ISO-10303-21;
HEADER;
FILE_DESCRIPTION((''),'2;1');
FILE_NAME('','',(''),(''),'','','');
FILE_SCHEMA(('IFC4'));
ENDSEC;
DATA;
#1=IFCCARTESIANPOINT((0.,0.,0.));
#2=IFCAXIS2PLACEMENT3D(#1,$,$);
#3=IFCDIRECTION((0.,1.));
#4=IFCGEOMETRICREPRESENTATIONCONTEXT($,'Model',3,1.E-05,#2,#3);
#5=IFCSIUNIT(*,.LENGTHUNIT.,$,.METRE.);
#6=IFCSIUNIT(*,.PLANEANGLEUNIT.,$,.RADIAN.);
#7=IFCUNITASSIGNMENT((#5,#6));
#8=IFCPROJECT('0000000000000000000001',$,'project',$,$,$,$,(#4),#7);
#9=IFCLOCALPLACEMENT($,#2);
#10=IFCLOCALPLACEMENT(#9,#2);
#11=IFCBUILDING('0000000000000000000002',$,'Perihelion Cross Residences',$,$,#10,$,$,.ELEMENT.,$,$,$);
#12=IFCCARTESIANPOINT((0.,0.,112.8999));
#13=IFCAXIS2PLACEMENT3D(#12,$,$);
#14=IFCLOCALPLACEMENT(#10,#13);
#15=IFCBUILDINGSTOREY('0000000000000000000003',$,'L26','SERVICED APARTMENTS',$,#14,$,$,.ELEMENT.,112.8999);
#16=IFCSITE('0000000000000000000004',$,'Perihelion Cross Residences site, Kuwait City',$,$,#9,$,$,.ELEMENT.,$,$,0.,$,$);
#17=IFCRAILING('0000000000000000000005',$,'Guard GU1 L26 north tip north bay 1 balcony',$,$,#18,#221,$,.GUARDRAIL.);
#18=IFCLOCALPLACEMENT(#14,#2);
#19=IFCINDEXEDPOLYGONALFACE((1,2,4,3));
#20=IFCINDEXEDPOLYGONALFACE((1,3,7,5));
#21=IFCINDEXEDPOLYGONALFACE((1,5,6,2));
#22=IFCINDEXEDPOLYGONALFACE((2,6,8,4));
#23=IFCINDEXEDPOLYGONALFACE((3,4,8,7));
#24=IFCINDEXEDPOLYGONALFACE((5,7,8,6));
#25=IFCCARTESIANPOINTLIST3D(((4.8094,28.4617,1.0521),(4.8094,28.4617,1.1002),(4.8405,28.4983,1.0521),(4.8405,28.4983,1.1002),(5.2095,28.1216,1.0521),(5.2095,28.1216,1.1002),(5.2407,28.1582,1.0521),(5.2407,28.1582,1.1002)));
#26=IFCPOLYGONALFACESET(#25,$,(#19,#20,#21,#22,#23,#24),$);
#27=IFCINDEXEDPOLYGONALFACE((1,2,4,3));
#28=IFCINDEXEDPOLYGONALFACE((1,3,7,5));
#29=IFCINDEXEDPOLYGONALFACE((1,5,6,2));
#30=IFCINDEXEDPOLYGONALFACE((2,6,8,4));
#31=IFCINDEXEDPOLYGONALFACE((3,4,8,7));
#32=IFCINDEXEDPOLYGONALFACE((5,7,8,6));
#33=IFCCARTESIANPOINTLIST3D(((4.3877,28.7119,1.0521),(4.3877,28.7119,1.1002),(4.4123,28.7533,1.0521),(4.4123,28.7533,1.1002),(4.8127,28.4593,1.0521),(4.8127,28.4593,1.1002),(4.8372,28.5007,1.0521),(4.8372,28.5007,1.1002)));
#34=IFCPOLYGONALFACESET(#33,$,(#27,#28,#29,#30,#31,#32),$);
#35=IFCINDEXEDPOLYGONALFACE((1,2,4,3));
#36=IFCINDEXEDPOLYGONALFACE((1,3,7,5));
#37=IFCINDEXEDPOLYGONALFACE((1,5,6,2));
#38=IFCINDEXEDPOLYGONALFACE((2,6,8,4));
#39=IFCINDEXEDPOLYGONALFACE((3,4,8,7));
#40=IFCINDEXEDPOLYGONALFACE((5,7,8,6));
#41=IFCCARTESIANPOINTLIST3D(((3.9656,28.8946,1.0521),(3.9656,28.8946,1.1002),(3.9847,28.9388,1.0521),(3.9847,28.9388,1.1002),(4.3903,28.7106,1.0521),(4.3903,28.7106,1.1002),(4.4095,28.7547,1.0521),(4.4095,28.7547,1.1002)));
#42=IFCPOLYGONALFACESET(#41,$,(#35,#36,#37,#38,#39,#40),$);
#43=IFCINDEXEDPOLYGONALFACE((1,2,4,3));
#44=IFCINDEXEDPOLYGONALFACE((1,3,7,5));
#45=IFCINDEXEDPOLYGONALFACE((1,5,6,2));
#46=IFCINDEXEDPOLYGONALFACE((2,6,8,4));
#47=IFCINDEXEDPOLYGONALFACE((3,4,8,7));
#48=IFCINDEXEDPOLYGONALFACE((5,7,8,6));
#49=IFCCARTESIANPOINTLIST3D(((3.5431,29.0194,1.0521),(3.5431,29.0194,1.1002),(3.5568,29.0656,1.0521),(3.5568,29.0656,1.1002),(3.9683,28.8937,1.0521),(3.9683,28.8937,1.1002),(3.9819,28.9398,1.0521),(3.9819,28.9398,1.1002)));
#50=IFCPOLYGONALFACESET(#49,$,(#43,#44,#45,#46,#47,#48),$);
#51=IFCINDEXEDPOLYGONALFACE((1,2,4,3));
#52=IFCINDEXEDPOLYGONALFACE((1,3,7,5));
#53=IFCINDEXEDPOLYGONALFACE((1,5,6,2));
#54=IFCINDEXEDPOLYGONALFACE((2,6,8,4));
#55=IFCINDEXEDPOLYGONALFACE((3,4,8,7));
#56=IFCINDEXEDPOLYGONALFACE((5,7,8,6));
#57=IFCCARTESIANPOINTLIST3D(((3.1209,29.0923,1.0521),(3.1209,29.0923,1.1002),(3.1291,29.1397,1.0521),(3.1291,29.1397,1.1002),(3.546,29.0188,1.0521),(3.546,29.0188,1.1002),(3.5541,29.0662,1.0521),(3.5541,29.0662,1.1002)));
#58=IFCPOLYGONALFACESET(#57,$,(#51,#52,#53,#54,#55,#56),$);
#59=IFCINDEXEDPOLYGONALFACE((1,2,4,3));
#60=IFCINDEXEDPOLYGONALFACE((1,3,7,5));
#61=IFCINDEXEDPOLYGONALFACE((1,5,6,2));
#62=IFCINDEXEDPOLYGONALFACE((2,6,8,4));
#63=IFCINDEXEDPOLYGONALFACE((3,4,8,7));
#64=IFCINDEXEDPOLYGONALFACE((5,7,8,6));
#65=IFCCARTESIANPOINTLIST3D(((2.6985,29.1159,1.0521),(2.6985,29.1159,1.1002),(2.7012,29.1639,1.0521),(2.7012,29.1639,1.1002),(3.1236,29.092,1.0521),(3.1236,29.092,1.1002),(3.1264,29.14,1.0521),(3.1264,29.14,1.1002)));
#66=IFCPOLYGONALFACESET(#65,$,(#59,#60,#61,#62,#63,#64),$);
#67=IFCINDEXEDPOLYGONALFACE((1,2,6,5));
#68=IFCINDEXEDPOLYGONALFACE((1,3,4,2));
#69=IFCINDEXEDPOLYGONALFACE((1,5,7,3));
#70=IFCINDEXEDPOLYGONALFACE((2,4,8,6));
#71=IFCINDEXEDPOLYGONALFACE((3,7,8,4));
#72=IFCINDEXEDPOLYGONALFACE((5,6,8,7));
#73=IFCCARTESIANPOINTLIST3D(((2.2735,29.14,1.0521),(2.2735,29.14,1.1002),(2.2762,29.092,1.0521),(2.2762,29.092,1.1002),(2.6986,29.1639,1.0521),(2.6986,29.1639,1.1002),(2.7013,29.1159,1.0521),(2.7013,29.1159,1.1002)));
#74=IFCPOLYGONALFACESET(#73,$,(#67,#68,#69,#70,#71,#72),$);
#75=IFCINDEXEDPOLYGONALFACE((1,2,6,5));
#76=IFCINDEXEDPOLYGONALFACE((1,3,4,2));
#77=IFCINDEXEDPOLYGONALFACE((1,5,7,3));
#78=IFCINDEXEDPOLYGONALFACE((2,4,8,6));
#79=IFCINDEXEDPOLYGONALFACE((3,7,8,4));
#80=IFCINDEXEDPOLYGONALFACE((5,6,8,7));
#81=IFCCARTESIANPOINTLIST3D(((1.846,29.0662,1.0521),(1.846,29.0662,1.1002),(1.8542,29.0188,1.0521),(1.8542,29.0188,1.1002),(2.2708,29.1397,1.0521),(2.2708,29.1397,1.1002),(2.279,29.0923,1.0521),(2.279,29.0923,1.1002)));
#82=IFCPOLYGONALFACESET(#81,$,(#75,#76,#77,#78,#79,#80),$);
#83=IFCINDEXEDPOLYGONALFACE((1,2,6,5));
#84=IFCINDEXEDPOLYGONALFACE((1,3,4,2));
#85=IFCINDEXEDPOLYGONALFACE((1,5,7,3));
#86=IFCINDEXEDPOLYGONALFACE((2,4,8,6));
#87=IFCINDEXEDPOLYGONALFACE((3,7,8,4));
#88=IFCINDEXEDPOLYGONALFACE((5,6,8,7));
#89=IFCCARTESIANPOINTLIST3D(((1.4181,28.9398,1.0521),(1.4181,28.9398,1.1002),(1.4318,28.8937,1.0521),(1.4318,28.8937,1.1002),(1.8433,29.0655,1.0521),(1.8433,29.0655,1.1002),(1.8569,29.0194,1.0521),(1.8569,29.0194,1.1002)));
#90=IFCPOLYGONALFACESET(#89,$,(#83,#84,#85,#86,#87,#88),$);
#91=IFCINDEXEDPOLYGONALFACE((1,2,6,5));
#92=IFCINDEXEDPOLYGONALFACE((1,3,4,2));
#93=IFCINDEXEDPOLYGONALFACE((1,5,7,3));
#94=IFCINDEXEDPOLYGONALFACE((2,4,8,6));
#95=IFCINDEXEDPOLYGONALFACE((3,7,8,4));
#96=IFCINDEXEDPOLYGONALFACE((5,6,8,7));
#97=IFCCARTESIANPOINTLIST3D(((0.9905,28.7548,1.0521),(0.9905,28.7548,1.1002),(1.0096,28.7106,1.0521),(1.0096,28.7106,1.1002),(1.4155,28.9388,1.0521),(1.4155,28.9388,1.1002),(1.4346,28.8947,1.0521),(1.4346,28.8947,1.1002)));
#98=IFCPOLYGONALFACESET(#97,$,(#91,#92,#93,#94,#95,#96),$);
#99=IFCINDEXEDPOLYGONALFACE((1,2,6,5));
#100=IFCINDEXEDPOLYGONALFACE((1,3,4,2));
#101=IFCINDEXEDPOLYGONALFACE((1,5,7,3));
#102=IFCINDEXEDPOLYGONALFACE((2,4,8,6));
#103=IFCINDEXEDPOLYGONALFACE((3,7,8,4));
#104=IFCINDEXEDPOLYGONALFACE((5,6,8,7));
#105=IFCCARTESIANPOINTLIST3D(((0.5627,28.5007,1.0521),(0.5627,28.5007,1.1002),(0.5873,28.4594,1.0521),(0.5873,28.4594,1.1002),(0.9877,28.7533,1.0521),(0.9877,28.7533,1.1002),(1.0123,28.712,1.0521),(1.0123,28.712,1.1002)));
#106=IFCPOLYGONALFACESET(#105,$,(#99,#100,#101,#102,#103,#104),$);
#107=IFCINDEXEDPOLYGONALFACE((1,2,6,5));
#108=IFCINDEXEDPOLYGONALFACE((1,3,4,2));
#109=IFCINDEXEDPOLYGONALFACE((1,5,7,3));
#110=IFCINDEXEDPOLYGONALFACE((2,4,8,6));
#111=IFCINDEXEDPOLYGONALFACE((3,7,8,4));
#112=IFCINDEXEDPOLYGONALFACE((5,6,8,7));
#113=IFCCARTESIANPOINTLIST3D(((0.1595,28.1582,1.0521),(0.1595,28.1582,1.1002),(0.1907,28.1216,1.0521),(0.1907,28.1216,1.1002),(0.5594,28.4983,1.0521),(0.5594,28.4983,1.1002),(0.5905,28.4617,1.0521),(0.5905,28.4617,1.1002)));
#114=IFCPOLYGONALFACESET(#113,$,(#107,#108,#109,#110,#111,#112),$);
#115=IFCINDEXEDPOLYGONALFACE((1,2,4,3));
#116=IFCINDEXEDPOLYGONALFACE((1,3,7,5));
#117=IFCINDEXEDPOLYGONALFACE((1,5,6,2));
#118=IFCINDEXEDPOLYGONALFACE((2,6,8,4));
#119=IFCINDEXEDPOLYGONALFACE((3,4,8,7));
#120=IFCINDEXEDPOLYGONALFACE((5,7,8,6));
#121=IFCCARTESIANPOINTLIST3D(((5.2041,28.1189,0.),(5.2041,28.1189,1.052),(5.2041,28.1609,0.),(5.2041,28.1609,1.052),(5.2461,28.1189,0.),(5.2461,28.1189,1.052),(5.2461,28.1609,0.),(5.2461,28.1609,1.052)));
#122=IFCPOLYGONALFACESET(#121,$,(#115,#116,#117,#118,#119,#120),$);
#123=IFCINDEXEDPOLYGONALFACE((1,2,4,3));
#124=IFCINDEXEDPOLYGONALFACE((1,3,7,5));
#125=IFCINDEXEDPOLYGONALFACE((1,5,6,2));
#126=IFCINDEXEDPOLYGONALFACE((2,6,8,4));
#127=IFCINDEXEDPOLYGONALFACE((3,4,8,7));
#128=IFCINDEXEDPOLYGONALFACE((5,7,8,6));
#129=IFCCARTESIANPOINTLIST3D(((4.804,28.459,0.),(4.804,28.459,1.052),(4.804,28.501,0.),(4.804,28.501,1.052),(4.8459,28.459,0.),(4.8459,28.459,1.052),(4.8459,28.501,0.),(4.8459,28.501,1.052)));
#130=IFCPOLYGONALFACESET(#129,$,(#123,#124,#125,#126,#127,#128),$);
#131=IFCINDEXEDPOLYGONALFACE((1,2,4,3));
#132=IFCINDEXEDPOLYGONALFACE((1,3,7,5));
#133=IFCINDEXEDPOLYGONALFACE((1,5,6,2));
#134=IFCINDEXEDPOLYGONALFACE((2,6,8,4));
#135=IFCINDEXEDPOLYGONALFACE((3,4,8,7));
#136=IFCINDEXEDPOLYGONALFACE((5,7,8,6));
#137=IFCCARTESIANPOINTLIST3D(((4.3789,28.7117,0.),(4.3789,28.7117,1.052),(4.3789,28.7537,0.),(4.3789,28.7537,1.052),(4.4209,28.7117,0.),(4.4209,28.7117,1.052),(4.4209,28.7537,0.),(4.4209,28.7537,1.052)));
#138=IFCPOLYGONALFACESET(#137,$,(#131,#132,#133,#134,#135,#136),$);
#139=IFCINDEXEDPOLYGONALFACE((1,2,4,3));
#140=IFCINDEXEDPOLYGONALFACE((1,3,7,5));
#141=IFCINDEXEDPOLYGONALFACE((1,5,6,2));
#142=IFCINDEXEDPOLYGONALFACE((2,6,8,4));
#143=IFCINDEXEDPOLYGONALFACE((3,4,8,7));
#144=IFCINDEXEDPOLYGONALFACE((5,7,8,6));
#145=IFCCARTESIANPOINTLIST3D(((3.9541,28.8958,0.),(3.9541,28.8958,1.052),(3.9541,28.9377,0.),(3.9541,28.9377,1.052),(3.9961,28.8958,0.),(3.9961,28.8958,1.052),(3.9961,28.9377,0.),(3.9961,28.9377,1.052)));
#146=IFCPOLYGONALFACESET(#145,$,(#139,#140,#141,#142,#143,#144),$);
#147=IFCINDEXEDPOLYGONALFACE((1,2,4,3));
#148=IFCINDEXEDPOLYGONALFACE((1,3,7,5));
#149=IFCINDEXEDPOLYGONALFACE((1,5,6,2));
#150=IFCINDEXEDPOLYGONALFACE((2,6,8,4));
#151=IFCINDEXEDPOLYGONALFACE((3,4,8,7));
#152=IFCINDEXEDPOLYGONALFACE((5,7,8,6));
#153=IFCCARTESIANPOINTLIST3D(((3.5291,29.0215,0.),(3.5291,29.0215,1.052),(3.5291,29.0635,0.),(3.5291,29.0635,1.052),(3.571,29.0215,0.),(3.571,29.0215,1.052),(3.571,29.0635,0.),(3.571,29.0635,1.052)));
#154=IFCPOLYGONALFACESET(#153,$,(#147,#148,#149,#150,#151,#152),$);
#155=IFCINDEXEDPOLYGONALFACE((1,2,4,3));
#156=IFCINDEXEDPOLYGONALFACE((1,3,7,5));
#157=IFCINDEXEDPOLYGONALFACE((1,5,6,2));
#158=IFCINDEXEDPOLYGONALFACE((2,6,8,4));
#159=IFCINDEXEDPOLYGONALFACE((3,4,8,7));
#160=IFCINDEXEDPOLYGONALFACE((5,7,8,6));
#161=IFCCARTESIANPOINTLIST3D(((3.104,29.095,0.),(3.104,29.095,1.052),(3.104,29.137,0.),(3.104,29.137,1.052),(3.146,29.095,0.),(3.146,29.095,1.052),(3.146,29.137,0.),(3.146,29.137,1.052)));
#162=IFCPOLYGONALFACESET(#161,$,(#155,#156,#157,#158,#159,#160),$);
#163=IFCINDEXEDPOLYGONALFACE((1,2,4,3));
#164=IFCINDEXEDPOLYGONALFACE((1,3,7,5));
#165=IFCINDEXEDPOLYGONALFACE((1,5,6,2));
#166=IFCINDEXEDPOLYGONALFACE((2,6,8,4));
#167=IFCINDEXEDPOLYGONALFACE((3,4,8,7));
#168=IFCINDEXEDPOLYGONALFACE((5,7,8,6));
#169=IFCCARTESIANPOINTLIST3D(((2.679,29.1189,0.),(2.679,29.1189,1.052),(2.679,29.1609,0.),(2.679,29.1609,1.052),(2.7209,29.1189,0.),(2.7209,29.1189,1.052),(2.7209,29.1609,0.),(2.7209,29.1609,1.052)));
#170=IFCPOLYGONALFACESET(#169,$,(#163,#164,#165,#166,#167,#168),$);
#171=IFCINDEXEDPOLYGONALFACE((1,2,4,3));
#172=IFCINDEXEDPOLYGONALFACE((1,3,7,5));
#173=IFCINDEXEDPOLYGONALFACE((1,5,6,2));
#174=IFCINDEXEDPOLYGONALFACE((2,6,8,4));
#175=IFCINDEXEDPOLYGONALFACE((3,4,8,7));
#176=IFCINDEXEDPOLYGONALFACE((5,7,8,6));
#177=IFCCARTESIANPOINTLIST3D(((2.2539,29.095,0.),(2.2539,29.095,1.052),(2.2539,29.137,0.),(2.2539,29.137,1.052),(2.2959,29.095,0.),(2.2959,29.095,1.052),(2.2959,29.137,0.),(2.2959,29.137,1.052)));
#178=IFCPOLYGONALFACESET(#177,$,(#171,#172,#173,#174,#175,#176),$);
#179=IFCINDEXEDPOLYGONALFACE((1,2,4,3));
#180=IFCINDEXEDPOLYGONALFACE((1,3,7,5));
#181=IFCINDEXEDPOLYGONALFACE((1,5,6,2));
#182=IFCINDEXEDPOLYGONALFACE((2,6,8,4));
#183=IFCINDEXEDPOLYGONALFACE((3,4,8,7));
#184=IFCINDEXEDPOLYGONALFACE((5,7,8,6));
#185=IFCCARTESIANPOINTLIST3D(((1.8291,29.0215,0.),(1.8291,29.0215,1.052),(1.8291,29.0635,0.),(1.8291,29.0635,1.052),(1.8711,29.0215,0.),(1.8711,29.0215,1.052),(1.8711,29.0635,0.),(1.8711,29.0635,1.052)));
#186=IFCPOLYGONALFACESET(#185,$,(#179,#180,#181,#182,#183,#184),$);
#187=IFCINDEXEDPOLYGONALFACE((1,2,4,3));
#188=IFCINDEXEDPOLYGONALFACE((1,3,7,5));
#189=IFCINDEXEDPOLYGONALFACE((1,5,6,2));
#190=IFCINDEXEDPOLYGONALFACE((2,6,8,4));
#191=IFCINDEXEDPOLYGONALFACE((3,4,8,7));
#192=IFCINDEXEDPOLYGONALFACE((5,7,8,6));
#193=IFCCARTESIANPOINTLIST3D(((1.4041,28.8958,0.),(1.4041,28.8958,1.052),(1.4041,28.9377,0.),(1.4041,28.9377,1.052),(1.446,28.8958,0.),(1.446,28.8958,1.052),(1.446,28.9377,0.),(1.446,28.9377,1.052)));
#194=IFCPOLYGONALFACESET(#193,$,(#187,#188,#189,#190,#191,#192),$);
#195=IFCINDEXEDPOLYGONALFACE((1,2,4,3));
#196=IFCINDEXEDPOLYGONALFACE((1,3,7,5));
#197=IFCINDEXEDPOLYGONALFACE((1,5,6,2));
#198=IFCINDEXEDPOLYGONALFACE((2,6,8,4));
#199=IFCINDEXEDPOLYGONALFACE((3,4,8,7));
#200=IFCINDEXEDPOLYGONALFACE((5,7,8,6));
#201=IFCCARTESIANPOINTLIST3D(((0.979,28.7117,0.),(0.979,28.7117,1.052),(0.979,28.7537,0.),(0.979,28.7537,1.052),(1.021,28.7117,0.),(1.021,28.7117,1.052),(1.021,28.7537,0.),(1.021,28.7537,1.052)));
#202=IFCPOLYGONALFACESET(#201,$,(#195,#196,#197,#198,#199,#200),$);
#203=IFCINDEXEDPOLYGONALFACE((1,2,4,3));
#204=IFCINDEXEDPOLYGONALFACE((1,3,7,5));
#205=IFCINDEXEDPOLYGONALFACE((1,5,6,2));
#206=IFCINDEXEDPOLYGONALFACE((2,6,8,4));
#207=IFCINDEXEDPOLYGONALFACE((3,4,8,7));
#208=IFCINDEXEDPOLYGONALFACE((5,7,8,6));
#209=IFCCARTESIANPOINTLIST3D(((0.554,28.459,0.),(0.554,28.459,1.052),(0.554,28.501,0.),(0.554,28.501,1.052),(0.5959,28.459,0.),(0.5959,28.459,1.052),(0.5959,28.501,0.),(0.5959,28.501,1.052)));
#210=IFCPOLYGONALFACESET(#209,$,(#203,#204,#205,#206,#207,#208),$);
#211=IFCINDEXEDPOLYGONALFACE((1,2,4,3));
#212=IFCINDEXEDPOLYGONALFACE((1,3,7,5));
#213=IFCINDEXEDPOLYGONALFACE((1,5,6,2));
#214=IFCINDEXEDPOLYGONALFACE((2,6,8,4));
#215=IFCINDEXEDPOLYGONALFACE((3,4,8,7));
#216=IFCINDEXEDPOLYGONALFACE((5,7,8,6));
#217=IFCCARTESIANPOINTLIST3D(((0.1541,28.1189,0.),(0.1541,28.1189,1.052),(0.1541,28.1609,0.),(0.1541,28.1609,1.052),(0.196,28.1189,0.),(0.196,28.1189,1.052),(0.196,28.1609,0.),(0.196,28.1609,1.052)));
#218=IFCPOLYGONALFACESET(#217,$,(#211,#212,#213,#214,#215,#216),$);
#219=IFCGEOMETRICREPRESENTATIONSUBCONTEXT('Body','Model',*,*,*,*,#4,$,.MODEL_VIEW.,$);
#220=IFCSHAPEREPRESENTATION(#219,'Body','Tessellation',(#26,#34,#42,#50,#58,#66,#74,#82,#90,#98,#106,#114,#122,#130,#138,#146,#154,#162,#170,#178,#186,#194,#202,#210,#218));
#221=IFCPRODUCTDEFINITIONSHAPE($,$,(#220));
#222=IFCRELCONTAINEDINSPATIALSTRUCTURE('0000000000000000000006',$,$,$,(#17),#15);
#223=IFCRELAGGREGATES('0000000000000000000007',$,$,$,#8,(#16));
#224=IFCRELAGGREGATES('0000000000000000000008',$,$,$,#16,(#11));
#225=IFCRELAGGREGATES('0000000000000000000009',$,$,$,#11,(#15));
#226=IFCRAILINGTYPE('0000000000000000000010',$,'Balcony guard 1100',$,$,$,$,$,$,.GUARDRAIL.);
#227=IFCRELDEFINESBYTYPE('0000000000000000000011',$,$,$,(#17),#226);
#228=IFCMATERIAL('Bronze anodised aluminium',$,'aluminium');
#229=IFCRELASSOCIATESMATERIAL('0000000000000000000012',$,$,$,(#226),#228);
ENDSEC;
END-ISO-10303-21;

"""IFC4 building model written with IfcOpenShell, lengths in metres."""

from ifc_helpers import new_model, si_unit, direction, frame, origin, origin_2d, place, context, subcontext, project, spatial, rectangle, extrude, material, type_object, element, save


model = new_model("IFC4")

# Units and contexts
model_context = context("Model", 3, precision=1e-05, world=origin(), true_north=direction((0.0, 1.0)))
body_context = subcontext(model_context, "Body", "Model", "MODEL_VIEW")
ifc_project = project(units=[si_unit("LENGTHUNIT", "METRE"), si_unit("PLANEANGLEUNIT", "RADIAN")], contexts=[model_context])

# Site, building, storey
site_placement = place(None, origin())
site = spatial("IfcSite", under=ifc_project, at=site_placement, Name="Perihelion Cross Residences site, Kuwait City", CompositionType="ELEMENT", RefElevation=0.0)
building_placement = place(site_placement, origin())
building = spatial("IfcBuilding", under=site, at=building_placement, Name="Perihelion Cross Residences", CompositionType="ELEMENT")
storey_placement = place(building_placement, frame((0.0, 0.0, 112.8999)))
storey = spatial("IfcBuildingStorey", under=building, at=storey_placement, Name="L26", Description="SERVICED APARTMENTS", CompositionType="ELEMENT", Elevation=112.8999)

# Railing
ifc_material_1 = material(Name="Bronze anodised aluminium", Category="aluminium")
railing_type = type_object("IfcRailingType", Name="Balcony guard 1100", PredefinedType="GUARDRAIL", material=ifc_material_1)
railing_placement = place(storey_placement, frame((5.2251, 28.1399, 0.0)))
element("IfcRailing", 1, at=railing_placement, inside=storey, type_object=railing_type, Name="Guard GU1 L26 north tip north bay 1 balcony", PredefinedType="GUARDRAIL", context=body_context, shape_type="SweptSolid", body=[
    extrude(rectangle(XDim=0.0481, YDim=0.0481, at=origin_2d()), frame((0.0, 0.0, 1.0762), z_axis=(-0.761974, 0.647608, 0.0), x_axis=(-0.647608, -0.761974, 0.0)), (0.0, 0.0, 1.0), 0.5251),
    extrude(rectangle(XDim=0.0481, YDim=0.0481, at=origin_2d()), frame((-0.4001, 0.3401, 1.0762), z_axis=(-0.859577, 0.511006, 0.0), x_axis=(-0.511006, -0.859577, 0.0)), (0.0, 0.0, 1.0), 0.4944),
    extrude(rectangle(XDim=0.0481, YDim=0.0481, at=origin_2d()), frame((-0.8252, 0.5928, 1.0762), z_axis=(-0.917556, 0.397607, 0.0), x_axis=(-0.397607, -0.917556, 0.0)), (0.0, 0.0, 1.0), 0.4629),
    extrude(rectangle(XDim=0.0481, YDim=0.0481, at=origin_2d()), frame((-1.25, 0.7769, 1.0762), z_axis=(-0.958926, 0.283657, 0.0), x_axis=(-0.283657, -0.958926, 0.0)), (0.0, 0.0, 1.0), 0.4434),
    extrude(rectangle(XDim=0.0481, YDim=0.0481, at=origin_2d()), frame((-1.675, 0.9026, 1.0762), z_axis=(-0.985382, 0.170362, 0.0), x_axis=(-0.170362, -0.985382, 0.0)), (0.0, 0.0, 1.0), 0.4314),
    extrude(rectangle(XDim=0.0481, YDim=0.0481, at=origin_2d()), frame((-2.1001, 0.9761, 1.0762), z_axis=(-0.99842, 0.056201, 0.0), x_axis=(-0.056201, -0.99842, 0.0)), (0.0, 0.0, 1.0), 0.4258),
    extrude(rectangle(XDim=0.0481, YDim=0.0481, at=origin_2d()), frame((-2.5251, 1.0, 1.0762), z_axis=(-0.99842, -0.056201, 0.0), x_axis=(0.056201, -0.99842, 0.0)), (0.0, 0.0, 1.0), 0.4258),
    extrude(rectangle(XDim=0.0481, YDim=0.0481, at=origin_2d()), frame((-2.9502, 0.9761, 1.0762), z_axis=(-0.985365, -0.170457, 0.0), x_axis=(0.170457, -0.985365, 0.0)), (0.0, 0.0, 1.0), 0.4312),
    extrude(rectangle(XDim=0.0481, YDim=0.0481, at=origin_2d()), frame((-3.375, 0.9026, 1.0762), z_axis=(-0.958926, -0.283657, 0.0), x_axis=(0.283657, -0.958926, 0.0)), (0.0, 0.0, 1.0), 0.4434),
    extrude(rectangle(XDim=0.0481, YDim=0.0481, at=origin_2d()), frame((-3.8, 0.7769, 1.0762), z_axis=(-0.917639, -0.397415, 0.0), x_axis=(0.397415, -0.917639, 0.0)), (0.0, 0.0, 1.0), 0.4631),
    extrude(rectangle(XDim=0.0481, YDim=0.0481, at=origin_2d()), frame((-4.2251, 0.5928, 1.0762), z_axis=(-0.859577, -0.511006, 0.0), x_axis=(0.511006, -0.859577, 0.0)), (0.0, 0.0, 1.0), 0.4944),
    extrude(rectangle(XDim=0.0481, YDim=0.0481, at=origin_2d()), frame((-4.6501, 0.3401, 1.0762), z_axis=(-0.761779, -0.647837, 0.0), x_axis=(0.647837, -0.761779, 0.0)), (0.0, 0.0, 1.0), 0.5249),
    extrude(rectangle(XDim=0.042, YDim=0.042, at=origin_2d()), origin(), (0.0, 0.0, 1.0), 1.052),
    extrude(rectangle(XDim=0.042, YDim=0.042, at=origin_2d()), frame((-0.4001, 0.3401, 0.0)), (0.0, 0.0, 1.0), 1.052),
    extrude(rectangle(XDim=0.042, YDim=0.042, at=origin_2d()), frame((-0.8252, 0.5928, 0.0)), (0.0, 0.0, 1.0), 1.052),
    extrude(rectangle(XDim=0.042, YDim=0.042, at=origin_2d()), frame((-1.25, 0.7769, 0.0)), (0.0, 0.0, 1.0), 1.052),
    extrude(rectangle(XDim=0.042, YDim=0.042, at=origin_2d()), frame((-1.675, 0.9026, 0.0)), (0.0, 0.0, 1.0), 1.052),
    extrude(rectangle(XDim=0.042, YDim=0.042, at=origin_2d()), frame((-2.1001, 0.9761, 0.0)), (0.0, 0.0, 1.0), 1.052),
    extrude(rectangle(XDim=0.042, YDim=0.042, at=origin_2d()), frame((-2.5251, 1.0, 0.0)), (0.0, 0.0, 1.0), 1.052),
    extrude(rectangle(XDim=0.042, YDim=0.042, at=origin_2d()), frame((-2.9502, 0.9761, 0.0)), (0.0, 0.0, 1.0), 1.052),
    extrude(rectangle(XDim=0.042, YDim=0.042, at=origin_2d()), frame((-3.375, 0.9026, 0.0)), (0.0, 0.0, 1.0), 1.052),
    extrude(rectangle(XDim=0.042, YDim=0.042, at=origin_2d()), frame((-3.8, 0.7769, 0.0)), (0.0, 0.0, 1.0), 1.052),
    extrude(rectangle(XDim=0.042, YDim=0.042, at=origin_2d()), frame((-4.2251, 0.5928, 0.0)), (0.0, 0.0, 1.0), 1.052),
    extrude(rectangle(XDim=0.042, YDim=0.042, at=origin_2d()), frame((-4.6501, 0.3401, 0.0)), (0.0, 0.0, 1.0), 1.052),
    extrude(rectangle(XDim=0.042, YDim=0.042, at=origin_2d()), frame((-5.05, 0.0, 0.0)), (0.0, 0.0, 1.0), 1.052),
])

save(model, "model.ifc")
